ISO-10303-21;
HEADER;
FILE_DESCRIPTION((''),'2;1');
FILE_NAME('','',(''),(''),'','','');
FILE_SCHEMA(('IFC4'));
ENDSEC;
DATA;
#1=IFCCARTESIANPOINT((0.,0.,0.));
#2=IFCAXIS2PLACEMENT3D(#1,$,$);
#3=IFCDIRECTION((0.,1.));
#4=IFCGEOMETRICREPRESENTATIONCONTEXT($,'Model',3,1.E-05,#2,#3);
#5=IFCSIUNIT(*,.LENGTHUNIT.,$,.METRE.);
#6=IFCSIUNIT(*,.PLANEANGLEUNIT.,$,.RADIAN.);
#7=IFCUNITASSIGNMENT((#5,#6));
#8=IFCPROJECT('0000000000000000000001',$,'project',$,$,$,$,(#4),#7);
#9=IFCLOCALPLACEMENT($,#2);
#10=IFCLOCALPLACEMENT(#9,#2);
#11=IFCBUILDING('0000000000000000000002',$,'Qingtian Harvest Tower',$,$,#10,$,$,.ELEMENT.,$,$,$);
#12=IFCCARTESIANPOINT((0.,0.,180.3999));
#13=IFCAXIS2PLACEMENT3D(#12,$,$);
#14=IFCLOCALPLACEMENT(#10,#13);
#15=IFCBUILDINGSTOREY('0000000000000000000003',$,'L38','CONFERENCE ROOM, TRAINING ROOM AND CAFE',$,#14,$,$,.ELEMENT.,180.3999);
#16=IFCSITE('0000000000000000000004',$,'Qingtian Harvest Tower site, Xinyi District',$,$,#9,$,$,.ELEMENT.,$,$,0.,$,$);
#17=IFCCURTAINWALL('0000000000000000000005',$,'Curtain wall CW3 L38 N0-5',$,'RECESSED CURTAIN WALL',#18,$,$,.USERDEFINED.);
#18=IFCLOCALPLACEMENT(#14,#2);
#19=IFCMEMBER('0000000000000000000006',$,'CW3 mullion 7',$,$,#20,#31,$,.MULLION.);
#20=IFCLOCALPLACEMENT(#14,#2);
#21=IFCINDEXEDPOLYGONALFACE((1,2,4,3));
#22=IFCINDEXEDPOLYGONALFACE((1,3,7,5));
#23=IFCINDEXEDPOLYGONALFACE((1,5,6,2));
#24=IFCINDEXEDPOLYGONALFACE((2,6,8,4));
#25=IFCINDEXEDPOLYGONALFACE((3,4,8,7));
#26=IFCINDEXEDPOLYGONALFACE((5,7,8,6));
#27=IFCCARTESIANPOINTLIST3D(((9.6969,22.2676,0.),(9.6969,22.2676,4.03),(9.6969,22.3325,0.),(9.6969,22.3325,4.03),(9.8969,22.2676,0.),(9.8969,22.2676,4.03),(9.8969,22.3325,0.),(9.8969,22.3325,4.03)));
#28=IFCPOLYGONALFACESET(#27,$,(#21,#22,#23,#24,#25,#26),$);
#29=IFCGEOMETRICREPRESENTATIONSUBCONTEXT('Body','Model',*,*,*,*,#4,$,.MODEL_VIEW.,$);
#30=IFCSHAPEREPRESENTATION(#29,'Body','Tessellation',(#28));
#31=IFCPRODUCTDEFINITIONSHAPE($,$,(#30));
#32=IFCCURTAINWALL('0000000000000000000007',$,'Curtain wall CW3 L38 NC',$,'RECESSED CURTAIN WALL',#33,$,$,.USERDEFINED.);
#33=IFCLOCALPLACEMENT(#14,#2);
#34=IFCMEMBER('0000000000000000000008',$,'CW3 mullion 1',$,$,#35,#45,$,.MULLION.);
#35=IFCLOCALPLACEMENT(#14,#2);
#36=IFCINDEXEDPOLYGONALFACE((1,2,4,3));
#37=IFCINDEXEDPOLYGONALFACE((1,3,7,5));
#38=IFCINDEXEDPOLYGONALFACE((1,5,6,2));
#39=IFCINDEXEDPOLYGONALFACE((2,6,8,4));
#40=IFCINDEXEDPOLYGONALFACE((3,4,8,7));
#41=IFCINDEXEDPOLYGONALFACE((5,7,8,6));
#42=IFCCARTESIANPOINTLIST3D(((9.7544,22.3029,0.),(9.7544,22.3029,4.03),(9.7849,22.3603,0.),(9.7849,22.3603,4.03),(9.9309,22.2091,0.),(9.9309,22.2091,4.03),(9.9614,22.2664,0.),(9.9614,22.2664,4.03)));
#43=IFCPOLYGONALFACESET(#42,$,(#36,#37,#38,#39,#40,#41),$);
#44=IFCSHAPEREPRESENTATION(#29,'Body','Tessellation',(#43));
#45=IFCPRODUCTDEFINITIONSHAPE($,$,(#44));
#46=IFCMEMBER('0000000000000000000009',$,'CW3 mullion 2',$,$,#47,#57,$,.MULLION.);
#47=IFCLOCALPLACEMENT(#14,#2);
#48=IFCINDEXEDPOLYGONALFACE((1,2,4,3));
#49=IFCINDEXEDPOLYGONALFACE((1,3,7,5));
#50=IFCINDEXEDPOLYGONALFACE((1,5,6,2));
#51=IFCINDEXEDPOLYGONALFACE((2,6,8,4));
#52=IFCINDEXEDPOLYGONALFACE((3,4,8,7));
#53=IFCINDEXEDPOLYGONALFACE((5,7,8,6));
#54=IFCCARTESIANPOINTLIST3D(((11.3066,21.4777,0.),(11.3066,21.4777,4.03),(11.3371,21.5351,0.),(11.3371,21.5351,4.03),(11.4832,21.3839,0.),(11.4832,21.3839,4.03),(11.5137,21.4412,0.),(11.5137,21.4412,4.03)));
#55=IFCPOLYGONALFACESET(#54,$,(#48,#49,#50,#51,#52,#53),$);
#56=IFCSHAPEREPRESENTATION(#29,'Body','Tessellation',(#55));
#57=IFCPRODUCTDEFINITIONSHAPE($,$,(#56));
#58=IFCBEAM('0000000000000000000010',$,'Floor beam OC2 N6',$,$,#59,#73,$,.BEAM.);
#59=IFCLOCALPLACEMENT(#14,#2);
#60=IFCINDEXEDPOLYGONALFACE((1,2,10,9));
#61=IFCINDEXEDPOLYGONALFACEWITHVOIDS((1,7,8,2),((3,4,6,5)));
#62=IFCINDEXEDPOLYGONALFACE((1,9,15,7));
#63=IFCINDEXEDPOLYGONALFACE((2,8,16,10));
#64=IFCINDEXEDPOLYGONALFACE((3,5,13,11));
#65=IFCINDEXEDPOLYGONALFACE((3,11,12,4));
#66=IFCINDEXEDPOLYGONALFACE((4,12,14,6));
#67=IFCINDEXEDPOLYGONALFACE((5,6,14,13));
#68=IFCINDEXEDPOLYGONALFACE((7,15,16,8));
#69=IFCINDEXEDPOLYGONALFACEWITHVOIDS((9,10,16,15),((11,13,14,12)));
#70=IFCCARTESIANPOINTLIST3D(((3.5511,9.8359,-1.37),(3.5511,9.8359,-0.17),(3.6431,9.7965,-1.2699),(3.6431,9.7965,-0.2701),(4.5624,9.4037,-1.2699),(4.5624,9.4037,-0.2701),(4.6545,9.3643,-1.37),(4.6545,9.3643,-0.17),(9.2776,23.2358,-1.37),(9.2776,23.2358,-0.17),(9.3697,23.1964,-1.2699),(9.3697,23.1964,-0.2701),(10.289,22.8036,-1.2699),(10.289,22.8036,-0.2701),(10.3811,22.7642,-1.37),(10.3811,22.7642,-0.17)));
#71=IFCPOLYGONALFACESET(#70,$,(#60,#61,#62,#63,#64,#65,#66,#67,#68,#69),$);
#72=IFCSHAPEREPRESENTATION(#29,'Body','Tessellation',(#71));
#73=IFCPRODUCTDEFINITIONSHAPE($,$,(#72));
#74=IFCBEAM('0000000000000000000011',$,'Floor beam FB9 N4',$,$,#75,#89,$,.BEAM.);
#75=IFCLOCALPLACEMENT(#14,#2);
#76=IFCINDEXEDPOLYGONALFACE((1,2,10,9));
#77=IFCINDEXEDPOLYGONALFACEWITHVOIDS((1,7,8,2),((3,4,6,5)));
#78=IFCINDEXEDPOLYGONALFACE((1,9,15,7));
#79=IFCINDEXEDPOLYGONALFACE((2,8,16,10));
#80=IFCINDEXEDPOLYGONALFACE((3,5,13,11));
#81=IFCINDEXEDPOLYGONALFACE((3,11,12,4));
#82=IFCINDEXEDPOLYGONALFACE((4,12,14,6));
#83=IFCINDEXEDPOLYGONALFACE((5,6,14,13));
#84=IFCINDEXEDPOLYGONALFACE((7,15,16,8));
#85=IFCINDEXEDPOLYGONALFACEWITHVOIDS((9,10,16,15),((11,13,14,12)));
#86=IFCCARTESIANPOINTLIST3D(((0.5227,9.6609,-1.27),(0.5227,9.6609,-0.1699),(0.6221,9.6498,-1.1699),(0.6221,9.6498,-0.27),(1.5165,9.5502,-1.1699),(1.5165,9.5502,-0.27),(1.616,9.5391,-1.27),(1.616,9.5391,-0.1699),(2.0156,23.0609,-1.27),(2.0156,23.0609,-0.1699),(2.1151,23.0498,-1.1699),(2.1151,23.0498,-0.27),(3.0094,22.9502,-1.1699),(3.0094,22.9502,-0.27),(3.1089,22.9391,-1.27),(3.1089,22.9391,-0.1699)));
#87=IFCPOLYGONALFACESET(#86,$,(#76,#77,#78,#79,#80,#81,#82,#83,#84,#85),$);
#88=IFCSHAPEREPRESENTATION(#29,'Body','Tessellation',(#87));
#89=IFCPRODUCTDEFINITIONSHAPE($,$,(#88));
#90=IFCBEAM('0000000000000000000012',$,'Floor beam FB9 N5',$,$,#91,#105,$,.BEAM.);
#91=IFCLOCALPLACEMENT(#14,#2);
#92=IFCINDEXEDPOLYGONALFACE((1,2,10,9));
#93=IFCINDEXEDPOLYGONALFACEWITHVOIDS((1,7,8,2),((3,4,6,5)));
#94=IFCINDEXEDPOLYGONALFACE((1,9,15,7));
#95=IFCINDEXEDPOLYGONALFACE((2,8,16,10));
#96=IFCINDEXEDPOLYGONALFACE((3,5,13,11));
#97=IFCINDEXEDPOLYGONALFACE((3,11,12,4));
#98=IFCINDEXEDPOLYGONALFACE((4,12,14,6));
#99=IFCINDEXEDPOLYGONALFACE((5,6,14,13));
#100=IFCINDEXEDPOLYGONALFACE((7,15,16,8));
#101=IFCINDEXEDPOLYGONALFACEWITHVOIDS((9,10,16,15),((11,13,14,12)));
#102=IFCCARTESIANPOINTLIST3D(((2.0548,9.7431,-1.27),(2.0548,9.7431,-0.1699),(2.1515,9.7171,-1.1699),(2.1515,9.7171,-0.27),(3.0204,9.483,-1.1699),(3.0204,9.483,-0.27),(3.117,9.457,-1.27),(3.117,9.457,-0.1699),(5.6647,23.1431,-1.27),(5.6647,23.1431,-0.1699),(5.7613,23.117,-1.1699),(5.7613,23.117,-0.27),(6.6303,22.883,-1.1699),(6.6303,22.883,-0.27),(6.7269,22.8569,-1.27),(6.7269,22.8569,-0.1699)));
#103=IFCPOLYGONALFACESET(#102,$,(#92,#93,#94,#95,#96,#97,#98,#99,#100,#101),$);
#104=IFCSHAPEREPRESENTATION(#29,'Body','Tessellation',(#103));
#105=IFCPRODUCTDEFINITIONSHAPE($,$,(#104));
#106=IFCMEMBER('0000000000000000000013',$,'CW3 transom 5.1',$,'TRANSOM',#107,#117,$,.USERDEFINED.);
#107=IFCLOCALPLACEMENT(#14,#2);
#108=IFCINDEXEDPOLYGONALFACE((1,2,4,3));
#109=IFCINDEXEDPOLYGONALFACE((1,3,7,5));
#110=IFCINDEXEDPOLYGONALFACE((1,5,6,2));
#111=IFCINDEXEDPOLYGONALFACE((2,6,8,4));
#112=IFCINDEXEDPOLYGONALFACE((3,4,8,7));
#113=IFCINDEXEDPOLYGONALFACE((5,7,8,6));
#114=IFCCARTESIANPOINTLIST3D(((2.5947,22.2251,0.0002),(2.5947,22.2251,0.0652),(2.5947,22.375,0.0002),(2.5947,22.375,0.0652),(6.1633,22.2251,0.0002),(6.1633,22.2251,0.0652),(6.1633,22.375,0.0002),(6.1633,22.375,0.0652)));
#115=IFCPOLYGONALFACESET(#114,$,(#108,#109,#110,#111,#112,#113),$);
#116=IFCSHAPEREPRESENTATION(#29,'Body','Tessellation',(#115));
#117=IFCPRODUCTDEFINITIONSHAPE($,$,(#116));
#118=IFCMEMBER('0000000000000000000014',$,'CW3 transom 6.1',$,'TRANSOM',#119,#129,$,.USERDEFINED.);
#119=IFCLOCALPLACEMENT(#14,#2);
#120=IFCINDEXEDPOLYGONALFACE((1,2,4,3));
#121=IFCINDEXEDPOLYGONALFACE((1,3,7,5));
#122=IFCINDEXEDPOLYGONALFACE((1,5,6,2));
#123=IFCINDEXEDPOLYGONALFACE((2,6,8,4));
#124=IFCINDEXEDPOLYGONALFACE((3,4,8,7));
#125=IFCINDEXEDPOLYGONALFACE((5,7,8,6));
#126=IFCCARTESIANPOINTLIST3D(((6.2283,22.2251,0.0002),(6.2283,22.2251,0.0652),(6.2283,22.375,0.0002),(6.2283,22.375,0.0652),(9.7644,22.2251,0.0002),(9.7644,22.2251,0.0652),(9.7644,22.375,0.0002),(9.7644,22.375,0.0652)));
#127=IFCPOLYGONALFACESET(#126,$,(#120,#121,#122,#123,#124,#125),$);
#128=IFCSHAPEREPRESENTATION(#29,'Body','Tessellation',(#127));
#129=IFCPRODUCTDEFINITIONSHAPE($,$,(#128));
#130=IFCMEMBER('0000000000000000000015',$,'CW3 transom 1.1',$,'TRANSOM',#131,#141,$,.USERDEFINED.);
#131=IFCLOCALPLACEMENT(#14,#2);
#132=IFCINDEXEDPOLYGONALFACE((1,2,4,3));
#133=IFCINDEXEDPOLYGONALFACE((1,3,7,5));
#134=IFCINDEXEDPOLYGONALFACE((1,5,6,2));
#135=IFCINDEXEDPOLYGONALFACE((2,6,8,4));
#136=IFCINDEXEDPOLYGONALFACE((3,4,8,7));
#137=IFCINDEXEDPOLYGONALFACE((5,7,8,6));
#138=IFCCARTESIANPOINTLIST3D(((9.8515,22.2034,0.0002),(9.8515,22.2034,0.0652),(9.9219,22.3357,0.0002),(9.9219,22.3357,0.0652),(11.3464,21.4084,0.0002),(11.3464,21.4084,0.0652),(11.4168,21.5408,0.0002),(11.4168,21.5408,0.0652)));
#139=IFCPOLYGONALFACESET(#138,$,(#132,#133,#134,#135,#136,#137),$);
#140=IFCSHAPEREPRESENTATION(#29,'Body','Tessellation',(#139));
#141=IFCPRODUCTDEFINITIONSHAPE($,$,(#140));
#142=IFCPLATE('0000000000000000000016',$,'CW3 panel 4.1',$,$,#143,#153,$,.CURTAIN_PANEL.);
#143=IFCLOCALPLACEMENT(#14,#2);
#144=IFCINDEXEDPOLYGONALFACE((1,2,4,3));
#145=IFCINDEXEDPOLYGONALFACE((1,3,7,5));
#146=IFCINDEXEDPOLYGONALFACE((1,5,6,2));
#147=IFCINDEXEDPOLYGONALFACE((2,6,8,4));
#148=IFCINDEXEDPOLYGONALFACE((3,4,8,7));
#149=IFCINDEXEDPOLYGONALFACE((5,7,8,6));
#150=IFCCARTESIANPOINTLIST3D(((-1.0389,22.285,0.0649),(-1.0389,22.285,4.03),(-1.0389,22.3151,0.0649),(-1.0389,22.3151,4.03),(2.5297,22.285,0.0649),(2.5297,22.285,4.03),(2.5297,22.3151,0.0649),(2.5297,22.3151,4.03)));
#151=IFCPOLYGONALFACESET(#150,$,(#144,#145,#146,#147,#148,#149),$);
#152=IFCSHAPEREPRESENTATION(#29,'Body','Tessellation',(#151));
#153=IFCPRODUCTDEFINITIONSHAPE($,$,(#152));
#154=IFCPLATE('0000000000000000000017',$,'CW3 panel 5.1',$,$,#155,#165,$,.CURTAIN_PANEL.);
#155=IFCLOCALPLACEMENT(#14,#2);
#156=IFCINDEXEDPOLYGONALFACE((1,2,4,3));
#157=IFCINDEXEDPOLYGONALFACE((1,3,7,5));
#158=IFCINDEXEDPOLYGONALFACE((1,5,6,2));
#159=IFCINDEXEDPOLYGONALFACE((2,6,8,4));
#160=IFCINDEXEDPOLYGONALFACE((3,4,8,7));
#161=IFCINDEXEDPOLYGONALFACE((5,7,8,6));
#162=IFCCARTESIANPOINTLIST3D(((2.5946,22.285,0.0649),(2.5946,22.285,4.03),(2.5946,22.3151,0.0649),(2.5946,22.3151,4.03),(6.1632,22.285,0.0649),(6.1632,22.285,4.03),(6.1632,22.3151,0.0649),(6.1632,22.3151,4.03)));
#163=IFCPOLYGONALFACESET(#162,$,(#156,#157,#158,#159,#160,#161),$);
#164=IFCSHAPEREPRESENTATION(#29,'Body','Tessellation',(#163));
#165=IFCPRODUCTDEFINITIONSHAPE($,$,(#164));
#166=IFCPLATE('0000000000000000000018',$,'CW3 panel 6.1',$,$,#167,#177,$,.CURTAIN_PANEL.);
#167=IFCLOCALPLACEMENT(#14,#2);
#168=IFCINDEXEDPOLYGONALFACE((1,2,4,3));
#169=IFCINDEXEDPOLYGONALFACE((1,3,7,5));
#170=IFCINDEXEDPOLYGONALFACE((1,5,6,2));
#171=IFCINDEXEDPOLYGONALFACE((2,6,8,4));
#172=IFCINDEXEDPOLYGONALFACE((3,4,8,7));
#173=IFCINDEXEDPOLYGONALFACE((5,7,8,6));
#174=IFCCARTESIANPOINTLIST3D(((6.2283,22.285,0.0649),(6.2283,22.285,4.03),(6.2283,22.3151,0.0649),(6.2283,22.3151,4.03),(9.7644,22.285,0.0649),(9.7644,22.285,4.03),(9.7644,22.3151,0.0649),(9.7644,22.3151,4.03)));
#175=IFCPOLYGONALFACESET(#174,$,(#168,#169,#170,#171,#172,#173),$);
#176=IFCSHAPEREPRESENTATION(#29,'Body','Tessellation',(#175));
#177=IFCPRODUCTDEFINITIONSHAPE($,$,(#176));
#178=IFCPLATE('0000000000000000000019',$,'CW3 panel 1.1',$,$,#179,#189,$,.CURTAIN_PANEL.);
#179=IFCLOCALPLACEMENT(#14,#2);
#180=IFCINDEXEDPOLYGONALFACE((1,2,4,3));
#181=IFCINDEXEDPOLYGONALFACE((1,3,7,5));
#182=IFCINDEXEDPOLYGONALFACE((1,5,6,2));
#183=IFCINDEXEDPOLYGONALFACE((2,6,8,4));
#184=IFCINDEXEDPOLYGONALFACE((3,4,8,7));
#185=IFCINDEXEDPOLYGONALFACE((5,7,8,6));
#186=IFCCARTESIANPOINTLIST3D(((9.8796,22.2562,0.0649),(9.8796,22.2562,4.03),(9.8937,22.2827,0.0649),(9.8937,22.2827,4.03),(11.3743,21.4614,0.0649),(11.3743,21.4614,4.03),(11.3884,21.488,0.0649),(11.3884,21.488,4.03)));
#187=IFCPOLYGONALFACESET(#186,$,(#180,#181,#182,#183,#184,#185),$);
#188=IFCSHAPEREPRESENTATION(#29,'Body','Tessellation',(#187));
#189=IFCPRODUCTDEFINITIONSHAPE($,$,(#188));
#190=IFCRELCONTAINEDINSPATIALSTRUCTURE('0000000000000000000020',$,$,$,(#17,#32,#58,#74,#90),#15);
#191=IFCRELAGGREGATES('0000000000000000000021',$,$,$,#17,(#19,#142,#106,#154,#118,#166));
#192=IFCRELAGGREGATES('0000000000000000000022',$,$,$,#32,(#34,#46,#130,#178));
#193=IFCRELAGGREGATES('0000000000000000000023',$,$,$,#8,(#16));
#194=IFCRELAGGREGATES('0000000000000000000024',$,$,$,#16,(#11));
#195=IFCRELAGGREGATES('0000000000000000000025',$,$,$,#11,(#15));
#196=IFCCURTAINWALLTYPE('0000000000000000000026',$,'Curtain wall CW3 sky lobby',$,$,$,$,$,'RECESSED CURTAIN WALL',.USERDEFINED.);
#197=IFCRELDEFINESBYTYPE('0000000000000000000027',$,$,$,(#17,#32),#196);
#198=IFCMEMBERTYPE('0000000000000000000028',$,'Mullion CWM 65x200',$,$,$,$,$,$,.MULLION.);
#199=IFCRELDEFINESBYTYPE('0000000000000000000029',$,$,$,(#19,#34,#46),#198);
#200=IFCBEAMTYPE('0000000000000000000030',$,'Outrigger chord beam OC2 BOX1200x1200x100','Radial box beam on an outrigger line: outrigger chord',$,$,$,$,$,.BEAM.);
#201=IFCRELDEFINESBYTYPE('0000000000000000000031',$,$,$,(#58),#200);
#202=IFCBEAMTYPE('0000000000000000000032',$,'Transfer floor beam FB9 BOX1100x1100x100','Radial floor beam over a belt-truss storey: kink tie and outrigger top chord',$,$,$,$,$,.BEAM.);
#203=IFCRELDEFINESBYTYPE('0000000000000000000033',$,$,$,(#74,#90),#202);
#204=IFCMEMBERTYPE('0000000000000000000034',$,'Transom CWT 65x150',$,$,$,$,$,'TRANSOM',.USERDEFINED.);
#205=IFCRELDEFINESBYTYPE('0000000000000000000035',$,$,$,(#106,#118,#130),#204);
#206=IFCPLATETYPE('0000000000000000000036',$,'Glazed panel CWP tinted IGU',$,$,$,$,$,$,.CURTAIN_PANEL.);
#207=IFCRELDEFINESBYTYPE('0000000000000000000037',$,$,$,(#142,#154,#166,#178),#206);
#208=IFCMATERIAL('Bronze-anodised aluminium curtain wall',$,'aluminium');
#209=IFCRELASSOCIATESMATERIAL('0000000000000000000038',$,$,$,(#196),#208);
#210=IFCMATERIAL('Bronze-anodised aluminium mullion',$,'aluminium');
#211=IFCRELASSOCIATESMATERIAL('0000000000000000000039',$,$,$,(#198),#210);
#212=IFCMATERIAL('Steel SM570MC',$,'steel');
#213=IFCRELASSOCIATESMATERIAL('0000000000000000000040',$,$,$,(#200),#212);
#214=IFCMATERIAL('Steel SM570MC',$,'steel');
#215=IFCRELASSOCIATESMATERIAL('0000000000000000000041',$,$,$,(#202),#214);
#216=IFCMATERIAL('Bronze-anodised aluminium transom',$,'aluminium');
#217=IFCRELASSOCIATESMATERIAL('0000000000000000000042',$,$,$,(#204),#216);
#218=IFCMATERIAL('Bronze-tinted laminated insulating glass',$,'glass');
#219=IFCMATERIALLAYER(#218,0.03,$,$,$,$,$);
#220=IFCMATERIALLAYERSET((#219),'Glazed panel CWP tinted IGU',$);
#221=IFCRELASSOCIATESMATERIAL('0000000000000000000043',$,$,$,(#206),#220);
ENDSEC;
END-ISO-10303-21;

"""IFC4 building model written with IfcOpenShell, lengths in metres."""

from ifc_helpers import new_model, si_unit, direction, frame, origin, origin_2d, place, context, subcontext, project, spatial, rectangle, hollow_rectangle, extrude, material, layer, layer_set, material_profile, profile_set, type_object, element, aggregate, save


model = new_model("IFC4")

# Units and contexts
model_context = context("Model", 3, precision=1e-05, world=origin(), true_north=direction((0.0, 1.0)))
body_context = subcontext(model_context, "Body", "Model", "MODEL_VIEW")
ifc_project = project(units=[si_unit("LENGTHUNIT", "METRE"), si_unit("PLANEANGLEUNIT", "RADIAN")], contexts=[model_context])

# Site, building, storey
site_placement = place(None, origin())
site = spatial("IfcSite", under=ifc_project, at=site_placement, Name="Qingtian Harvest Tower site, Xinyi District", CompositionType="ELEMENT", RefElevation=0.0)
building_placement = place(site_placement, origin())
building = spatial("IfcBuilding", under=site, at=building_placement, Name="Qingtian Harvest Tower", CompositionType="ELEMENT")
storey_placement = place(building_placement, frame((0.0, 0.0, 180.3999)))
storey = spatial("IfcBuildingStorey", under=building, at=storey_placement, Name="L38", Description="CONFERENCE ROOM, TRAINING ROOM AND CAFE", CompositionType="ELEMENT", Elevation=180.3999)

# Curtain walls, members
ifc_material_1 = material(Name="Bronze-anodised aluminium curtain wall", Category="aluminium")
curtain_wall_type = type_object("IfcCurtainWallType", Name="Curtain wall CW3 sky lobby", ElementType="RECESSED CURTAIN WALL", PredefinedType="USERDEFINED", material=ifc_material_1)
curtain_wall_1_placement = place(storey_placement, origin())
curtain_wall_1 = element("IfcCurtainWall", 1, at=curtain_wall_1_placement, inside=storey, type_object=curtain_wall_type, Name="Curtain wall CW3 L38 N0-5", ObjectType="RECESSED CURTAIN WALL", PredefinedType="USERDEFINED")
ifc_material_2 = material(Name="Bronze-anodised aluminium mullion", Category="aluminium")
ifc_material_profile_1 = material_profile(ifc_material_2, rectangle(XDim=0.0649, YDim=0.2, at=origin_2d()), Name="AL 65x200")
ifc_profile_set_1 = profile_set([ifc_material_profile_1], Name="Bronze-anodised aluminium mullion")
member_type_1 = type_object("IfcMemberType", Name="Mullion CWM 65x200", PredefinedType="MULLION", material=ifc_profile_set_1)
member_1_placement = place(storey_placement, frame((9.7969, 22.3, 0.0), z_axis=(0.0, 0.0, 1.0), x_axis=(0.0, 1.0, 0.0)))
member_1 = element("IfcMember", 2, at=member_1_placement, type_object=member_type_1, Name="CW3 mullion 7", PredefinedType="MULLION", context=body_context, shape_type="SweptSolid", body=[
    extrude(rectangle(XDim=0.0649, YDim=0.2, at=origin_2d()), origin(), (0.0, 0.0, 1.0), 4.03),
])
curtain_wall_2_placement = place(storey_placement, origin())
curtain_wall_2 = element("IfcCurtainWall", 3, at=curtain_wall_2_placement, inside=storey, type_object=curtain_wall_type, Name="Curtain wall CW3 L38 NC", ObjectType="RECESSED CURTAIN WALL", PredefinedType="USERDEFINED")
member_2_placement = place(storey_placement, frame((9.8579, 22.2847, 0.0), z_axis=(0.0, 0.0, 1.0), x_axis=(0.469472, 0.882948, 0.0)))
member_2 = element("IfcMember", 4, at=member_2_placement, type_object=member_type_1, Name="CW3 mullion 1", PredefinedType="MULLION", context=body_context, shape_type="SweptSolid", body=[
    extrude(rectangle(XDim=0.0649, YDim=0.2, at=origin_2d()), origin(), (0.0, 0.0, 1.0), 4.03),
])
member_3_placement = place(storey_placement, frame((11.4102, 21.4595, 0.0), z_axis=(0.0, 0.0, 1.0), x_axis=(0.469472, 0.882948, 0.0)))
member_3 = element("IfcMember", 5, at=member_3_placement, type_object=member_type_1, Name="CW3 mullion 2", PredefinedType="MULLION", context=body_context, shape_type="SweptSolid", body=[
    extrude(rectangle(XDim=0.0649, YDim=0.2, at=origin_2d()), origin(), (0.0, 0.0, 1.0), 4.03),
])

# Beams
ifc_material_3 = material(Name="Steel SM570MC", Category="steel")
ifc_material_profile_2 = material_profile(ifc_material_3, hollow_rectangle(XDim=1.2, YDim=1.2, WallThickness=0.1001, at=origin_2d()), Name="BOX1200x1200x100")
ifc_profile_set_2 = profile_set([ifc_material_profile_2], Name="Steel SM570MC")
beam_type_1 = type_object("IfcBeamType", Name="Outrigger chord beam OC2 BOX1200x1200x100", Description="Radial box beam on an outrigger line: outrigger chord", PredefinedType="BEAM", material=ifc_profile_set_2)
beam_1_placement = place(storey_placement, frame((9.8293, 23.0, -0.77), z_axis=(-0.392977, -0.919548, 0.0), x_axis=(0.919548, -0.392977, 0.0)))
element("IfcBeam", 6, at=beam_1_placement, inside=storey, type_object=beam_type_1, Name="Floor beam OC2 N6", PredefinedType="BEAM", context=body_context, shape_type="SweptSolid", body=[
    extrude(hollow_rectangle(XDim=1.2, YDim=1.2, WallThickness=0.1001, at=origin_2d()), origin(), (0.0, 0.0, 1.0), 14.5723),
])
ifc_material_4 = material(Name="Steel SM570MC", Category="steel")
ifc_material_profile_3 = material_profile(ifc_material_4, hollow_rectangle(XDim=1.1001, YDim=1.1001, WallThickness=0.1001, at=origin_2d()), Name="BOX1100x1100x100")
ifc_profile_set_3 = profile_set([ifc_material_profile_3], Name="Steel SM570MC")
beam_type_2 = type_object("IfcBeamType", Name="Transfer floor beam FB9 BOX1100x1100x100", Description="Radial floor beam over a belt-truss storey: kink tie and outrigger top chord", PredefinedType="BEAM", material=ifc_profile_set_3)
beam_2_placement = place(storey_placement, frame((2.5623, 23.0, -0.72), z_axis=(-0.110728, -0.993851, 0.0), x_axis=(0.993851, -0.110728, 0.0)))
element("IfcBeam", 7, at=beam_2_placement, inside=storey, type_object=beam_type_2, Name="Floor beam FB9 N4", PredefinedType="BEAM", context=body_context, shape_type="SweptSolid", body=[
    extrude(hollow_rectangle(XDim=1.1001, YDim=1.1001, WallThickness=0.1001, at=origin_2d()), origin(), (0.0, 0.0, 1.0), 13.4829),
])
beam_3_placement = place(storey_placement, frame((6.1958, 23.0, -0.72), z_axis=(-0.260121, -0.965576, 0.0), x_axis=(0.965576, -0.260121, 0.0)))
element("IfcBeam", 8, at=beam_3_placement, inside=storey, type_object=beam_type_2, Name="Floor beam FB9 N5", PredefinedType="BEAM", context=body_context, shape_type="SweptSolid", body=[
    extrude(hollow_rectangle(XDim=1.1001, YDim=1.1001, WallThickness=0.1001, at=origin_2d()), origin(), (0.0, 0.0, 1.0), 13.8777),
])

# Members
ifc_material_5 = material(Name="Bronze-anodised aluminium transom", Category="aluminium")
ifc_material_profile_4 = material_profile(ifc_material_5, rectangle(XDim=0.1499, YDim=0.0649, at=origin_2d()), Name="AL 65x150")
ifc_profile_set_4 = profile_set([ifc_material_profile_4], Name="Bronze-anodised aluminium transom")
member_type_2 = type_object("IfcMemberType", Name="Transom CWT 65x150", ElementType="TRANSOM", PredefinedType="USERDEFINED", material=ifc_profile_set_4)
member_4_placement = place(storey_placement, frame((2.5947, 22.3, 0.0327), z_axis=(1.0, 0.0, 0.0), x_axis=(0.0, 1.0, 0.0)))
member_4 = element("IfcMember", 9, at=member_4_placement, type_object=member_type_2, Name="CW3 transom 5.1", ObjectType="TRANSOM", PredefinedType="USERDEFINED", context=body_context, shape_type="SweptSolid", body=[
    extrude(rectangle(XDim=0.1499, YDim=0.0649, at=origin_2d()), origin(), (0.0, 0.0, 1.0), 3.5686),
])
member_5_placement = place(storey_placement, frame((6.2283, 22.3, 0.0327), z_axis=(1.0, 0.0, 0.0), x_axis=(0.0, 1.0, 0.0)))
member_5 = element("IfcMember", 10, at=member_5_placement, type_object=member_type_2, Name="CW3 transom 6.1", ObjectType="TRANSOM", PredefinedType="USERDEFINED", context=body_context, shape_type="SweptSolid", body=[
    extrude(rectangle(XDim=0.1499, YDim=0.0649, at=origin_2d()), origin(), (0.0, 0.0, 1.0), 3.5361),
])
member_6_placement = place(storey_placement, frame((9.8867, 22.2695, 0.0327), z_axis=(0.882927, -0.46951, 0.0), x_axis=(0.46951, 0.882927, 0.0)))
member_6 = element("IfcMember", 11, at=member_6_placement, type_object=member_type_2, Name="CW3 transom 1.1", ObjectType="TRANSOM", PredefinedType="USERDEFINED", context=body_context, shape_type="SweptSolid", body=[
    extrude(rectangle(XDim=0.1499, YDim=0.0649, at=origin_2d()), origin(), (0.0, 0.0, 1.0), 1.6931),
])

# Plates
ifc_material_6 = material(Name="Bronze-tinted laminated insulating glass", Category="glass")
ifc_layer_1 = layer(ifc_material_6, 0.03)
ifc_layer_set_1 = layer_set([ifc_layer_1], Name="Glazed panel CWP tinted IGU")
plate_type = type_object("IfcPlateType", Name="Glazed panel CWP tinted IGU", PredefinedType="CURTAIN_PANEL", material=ifc_layer_set_1)
plate_1_placement = place(storey_placement, frame((0.7454, 22.3, 0.0649), z_axis=(0.0, 0.0, 1.0), x_axis=(1.0, 0.0, 0.0)))
plate_1 = element("IfcPlate", 12, at=plate_1_placement, type_object=plate_type, Name="CW3 panel 4.1", PredefinedType="CURTAIN_PANEL", context=body_context, shape_type="SweptSolid", body=[
    extrude(rectangle(XDim=3.5686, YDim=0.03, at=origin_2d()), origin(), (0.0, 0.0, 1.0), 3.9651),
])
plate_2_placement = place(storey_placement, frame((4.3789, 22.3, 0.0649), z_axis=(0.0, 0.0, 1.0), x_axis=(1.0, 0.0, 0.0)))
plate_2 = element("IfcPlate", 13, at=plate_2_placement, type_object=plate_type, Name="CW3 panel 5.1", PredefinedType="CURTAIN_PANEL", context=body_context, shape_type="SweptSolid", body=[
    extrude(rectangle(XDim=3.5686, YDim=0.03, at=origin_2d()), origin(), (0.0, 0.0, 1.0), 3.9651),
])
plate_3_placement = place(storey_placement, frame((7.9963, 22.3, 0.0649), z_axis=(0.0, 0.0, 1.0), x_axis=(1.0, 0.0, 0.0)))
plate_3 = element("IfcPlate", 14, at=plate_3_placement, type_object=plate_type, Name="CW3 panel 6.1", PredefinedType="CURTAIN_PANEL", context=body_context, shape_type="SweptSolid", body=[
    extrude(rectangle(XDim=3.5361, YDim=0.03, at=origin_2d()), origin(), (0.0, 0.0, 1.0), 3.9651),
])
aggregate(curtain_wall_1, [member_1, plate_1, member_4, plate_2, member_5, plate_3])
plate_4_placement = place(storey_placement, frame((10.634, 21.8721, 0.0649), z_axis=(0.0, 0.0, 1.0), x_axis=(0.882948, -0.469472, 0.0)))
plate_4 = element("IfcPlate", 15, at=plate_4_placement, type_object=plate_type, Name="CW3 panel 1.1", PredefinedType="CURTAIN_PANEL", context=body_context, shape_type="SweptSolid", body=[
    extrude(rectangle(XDim=1.6929, YDim=0.03, at=origin_2d()), origin(), (0.0, 0.0, 1.0), 3.9651),
])
aggregate(curtain_wall_2, [member_2, member_3, member_6, plate_4])

save(model, "model.ifc")
